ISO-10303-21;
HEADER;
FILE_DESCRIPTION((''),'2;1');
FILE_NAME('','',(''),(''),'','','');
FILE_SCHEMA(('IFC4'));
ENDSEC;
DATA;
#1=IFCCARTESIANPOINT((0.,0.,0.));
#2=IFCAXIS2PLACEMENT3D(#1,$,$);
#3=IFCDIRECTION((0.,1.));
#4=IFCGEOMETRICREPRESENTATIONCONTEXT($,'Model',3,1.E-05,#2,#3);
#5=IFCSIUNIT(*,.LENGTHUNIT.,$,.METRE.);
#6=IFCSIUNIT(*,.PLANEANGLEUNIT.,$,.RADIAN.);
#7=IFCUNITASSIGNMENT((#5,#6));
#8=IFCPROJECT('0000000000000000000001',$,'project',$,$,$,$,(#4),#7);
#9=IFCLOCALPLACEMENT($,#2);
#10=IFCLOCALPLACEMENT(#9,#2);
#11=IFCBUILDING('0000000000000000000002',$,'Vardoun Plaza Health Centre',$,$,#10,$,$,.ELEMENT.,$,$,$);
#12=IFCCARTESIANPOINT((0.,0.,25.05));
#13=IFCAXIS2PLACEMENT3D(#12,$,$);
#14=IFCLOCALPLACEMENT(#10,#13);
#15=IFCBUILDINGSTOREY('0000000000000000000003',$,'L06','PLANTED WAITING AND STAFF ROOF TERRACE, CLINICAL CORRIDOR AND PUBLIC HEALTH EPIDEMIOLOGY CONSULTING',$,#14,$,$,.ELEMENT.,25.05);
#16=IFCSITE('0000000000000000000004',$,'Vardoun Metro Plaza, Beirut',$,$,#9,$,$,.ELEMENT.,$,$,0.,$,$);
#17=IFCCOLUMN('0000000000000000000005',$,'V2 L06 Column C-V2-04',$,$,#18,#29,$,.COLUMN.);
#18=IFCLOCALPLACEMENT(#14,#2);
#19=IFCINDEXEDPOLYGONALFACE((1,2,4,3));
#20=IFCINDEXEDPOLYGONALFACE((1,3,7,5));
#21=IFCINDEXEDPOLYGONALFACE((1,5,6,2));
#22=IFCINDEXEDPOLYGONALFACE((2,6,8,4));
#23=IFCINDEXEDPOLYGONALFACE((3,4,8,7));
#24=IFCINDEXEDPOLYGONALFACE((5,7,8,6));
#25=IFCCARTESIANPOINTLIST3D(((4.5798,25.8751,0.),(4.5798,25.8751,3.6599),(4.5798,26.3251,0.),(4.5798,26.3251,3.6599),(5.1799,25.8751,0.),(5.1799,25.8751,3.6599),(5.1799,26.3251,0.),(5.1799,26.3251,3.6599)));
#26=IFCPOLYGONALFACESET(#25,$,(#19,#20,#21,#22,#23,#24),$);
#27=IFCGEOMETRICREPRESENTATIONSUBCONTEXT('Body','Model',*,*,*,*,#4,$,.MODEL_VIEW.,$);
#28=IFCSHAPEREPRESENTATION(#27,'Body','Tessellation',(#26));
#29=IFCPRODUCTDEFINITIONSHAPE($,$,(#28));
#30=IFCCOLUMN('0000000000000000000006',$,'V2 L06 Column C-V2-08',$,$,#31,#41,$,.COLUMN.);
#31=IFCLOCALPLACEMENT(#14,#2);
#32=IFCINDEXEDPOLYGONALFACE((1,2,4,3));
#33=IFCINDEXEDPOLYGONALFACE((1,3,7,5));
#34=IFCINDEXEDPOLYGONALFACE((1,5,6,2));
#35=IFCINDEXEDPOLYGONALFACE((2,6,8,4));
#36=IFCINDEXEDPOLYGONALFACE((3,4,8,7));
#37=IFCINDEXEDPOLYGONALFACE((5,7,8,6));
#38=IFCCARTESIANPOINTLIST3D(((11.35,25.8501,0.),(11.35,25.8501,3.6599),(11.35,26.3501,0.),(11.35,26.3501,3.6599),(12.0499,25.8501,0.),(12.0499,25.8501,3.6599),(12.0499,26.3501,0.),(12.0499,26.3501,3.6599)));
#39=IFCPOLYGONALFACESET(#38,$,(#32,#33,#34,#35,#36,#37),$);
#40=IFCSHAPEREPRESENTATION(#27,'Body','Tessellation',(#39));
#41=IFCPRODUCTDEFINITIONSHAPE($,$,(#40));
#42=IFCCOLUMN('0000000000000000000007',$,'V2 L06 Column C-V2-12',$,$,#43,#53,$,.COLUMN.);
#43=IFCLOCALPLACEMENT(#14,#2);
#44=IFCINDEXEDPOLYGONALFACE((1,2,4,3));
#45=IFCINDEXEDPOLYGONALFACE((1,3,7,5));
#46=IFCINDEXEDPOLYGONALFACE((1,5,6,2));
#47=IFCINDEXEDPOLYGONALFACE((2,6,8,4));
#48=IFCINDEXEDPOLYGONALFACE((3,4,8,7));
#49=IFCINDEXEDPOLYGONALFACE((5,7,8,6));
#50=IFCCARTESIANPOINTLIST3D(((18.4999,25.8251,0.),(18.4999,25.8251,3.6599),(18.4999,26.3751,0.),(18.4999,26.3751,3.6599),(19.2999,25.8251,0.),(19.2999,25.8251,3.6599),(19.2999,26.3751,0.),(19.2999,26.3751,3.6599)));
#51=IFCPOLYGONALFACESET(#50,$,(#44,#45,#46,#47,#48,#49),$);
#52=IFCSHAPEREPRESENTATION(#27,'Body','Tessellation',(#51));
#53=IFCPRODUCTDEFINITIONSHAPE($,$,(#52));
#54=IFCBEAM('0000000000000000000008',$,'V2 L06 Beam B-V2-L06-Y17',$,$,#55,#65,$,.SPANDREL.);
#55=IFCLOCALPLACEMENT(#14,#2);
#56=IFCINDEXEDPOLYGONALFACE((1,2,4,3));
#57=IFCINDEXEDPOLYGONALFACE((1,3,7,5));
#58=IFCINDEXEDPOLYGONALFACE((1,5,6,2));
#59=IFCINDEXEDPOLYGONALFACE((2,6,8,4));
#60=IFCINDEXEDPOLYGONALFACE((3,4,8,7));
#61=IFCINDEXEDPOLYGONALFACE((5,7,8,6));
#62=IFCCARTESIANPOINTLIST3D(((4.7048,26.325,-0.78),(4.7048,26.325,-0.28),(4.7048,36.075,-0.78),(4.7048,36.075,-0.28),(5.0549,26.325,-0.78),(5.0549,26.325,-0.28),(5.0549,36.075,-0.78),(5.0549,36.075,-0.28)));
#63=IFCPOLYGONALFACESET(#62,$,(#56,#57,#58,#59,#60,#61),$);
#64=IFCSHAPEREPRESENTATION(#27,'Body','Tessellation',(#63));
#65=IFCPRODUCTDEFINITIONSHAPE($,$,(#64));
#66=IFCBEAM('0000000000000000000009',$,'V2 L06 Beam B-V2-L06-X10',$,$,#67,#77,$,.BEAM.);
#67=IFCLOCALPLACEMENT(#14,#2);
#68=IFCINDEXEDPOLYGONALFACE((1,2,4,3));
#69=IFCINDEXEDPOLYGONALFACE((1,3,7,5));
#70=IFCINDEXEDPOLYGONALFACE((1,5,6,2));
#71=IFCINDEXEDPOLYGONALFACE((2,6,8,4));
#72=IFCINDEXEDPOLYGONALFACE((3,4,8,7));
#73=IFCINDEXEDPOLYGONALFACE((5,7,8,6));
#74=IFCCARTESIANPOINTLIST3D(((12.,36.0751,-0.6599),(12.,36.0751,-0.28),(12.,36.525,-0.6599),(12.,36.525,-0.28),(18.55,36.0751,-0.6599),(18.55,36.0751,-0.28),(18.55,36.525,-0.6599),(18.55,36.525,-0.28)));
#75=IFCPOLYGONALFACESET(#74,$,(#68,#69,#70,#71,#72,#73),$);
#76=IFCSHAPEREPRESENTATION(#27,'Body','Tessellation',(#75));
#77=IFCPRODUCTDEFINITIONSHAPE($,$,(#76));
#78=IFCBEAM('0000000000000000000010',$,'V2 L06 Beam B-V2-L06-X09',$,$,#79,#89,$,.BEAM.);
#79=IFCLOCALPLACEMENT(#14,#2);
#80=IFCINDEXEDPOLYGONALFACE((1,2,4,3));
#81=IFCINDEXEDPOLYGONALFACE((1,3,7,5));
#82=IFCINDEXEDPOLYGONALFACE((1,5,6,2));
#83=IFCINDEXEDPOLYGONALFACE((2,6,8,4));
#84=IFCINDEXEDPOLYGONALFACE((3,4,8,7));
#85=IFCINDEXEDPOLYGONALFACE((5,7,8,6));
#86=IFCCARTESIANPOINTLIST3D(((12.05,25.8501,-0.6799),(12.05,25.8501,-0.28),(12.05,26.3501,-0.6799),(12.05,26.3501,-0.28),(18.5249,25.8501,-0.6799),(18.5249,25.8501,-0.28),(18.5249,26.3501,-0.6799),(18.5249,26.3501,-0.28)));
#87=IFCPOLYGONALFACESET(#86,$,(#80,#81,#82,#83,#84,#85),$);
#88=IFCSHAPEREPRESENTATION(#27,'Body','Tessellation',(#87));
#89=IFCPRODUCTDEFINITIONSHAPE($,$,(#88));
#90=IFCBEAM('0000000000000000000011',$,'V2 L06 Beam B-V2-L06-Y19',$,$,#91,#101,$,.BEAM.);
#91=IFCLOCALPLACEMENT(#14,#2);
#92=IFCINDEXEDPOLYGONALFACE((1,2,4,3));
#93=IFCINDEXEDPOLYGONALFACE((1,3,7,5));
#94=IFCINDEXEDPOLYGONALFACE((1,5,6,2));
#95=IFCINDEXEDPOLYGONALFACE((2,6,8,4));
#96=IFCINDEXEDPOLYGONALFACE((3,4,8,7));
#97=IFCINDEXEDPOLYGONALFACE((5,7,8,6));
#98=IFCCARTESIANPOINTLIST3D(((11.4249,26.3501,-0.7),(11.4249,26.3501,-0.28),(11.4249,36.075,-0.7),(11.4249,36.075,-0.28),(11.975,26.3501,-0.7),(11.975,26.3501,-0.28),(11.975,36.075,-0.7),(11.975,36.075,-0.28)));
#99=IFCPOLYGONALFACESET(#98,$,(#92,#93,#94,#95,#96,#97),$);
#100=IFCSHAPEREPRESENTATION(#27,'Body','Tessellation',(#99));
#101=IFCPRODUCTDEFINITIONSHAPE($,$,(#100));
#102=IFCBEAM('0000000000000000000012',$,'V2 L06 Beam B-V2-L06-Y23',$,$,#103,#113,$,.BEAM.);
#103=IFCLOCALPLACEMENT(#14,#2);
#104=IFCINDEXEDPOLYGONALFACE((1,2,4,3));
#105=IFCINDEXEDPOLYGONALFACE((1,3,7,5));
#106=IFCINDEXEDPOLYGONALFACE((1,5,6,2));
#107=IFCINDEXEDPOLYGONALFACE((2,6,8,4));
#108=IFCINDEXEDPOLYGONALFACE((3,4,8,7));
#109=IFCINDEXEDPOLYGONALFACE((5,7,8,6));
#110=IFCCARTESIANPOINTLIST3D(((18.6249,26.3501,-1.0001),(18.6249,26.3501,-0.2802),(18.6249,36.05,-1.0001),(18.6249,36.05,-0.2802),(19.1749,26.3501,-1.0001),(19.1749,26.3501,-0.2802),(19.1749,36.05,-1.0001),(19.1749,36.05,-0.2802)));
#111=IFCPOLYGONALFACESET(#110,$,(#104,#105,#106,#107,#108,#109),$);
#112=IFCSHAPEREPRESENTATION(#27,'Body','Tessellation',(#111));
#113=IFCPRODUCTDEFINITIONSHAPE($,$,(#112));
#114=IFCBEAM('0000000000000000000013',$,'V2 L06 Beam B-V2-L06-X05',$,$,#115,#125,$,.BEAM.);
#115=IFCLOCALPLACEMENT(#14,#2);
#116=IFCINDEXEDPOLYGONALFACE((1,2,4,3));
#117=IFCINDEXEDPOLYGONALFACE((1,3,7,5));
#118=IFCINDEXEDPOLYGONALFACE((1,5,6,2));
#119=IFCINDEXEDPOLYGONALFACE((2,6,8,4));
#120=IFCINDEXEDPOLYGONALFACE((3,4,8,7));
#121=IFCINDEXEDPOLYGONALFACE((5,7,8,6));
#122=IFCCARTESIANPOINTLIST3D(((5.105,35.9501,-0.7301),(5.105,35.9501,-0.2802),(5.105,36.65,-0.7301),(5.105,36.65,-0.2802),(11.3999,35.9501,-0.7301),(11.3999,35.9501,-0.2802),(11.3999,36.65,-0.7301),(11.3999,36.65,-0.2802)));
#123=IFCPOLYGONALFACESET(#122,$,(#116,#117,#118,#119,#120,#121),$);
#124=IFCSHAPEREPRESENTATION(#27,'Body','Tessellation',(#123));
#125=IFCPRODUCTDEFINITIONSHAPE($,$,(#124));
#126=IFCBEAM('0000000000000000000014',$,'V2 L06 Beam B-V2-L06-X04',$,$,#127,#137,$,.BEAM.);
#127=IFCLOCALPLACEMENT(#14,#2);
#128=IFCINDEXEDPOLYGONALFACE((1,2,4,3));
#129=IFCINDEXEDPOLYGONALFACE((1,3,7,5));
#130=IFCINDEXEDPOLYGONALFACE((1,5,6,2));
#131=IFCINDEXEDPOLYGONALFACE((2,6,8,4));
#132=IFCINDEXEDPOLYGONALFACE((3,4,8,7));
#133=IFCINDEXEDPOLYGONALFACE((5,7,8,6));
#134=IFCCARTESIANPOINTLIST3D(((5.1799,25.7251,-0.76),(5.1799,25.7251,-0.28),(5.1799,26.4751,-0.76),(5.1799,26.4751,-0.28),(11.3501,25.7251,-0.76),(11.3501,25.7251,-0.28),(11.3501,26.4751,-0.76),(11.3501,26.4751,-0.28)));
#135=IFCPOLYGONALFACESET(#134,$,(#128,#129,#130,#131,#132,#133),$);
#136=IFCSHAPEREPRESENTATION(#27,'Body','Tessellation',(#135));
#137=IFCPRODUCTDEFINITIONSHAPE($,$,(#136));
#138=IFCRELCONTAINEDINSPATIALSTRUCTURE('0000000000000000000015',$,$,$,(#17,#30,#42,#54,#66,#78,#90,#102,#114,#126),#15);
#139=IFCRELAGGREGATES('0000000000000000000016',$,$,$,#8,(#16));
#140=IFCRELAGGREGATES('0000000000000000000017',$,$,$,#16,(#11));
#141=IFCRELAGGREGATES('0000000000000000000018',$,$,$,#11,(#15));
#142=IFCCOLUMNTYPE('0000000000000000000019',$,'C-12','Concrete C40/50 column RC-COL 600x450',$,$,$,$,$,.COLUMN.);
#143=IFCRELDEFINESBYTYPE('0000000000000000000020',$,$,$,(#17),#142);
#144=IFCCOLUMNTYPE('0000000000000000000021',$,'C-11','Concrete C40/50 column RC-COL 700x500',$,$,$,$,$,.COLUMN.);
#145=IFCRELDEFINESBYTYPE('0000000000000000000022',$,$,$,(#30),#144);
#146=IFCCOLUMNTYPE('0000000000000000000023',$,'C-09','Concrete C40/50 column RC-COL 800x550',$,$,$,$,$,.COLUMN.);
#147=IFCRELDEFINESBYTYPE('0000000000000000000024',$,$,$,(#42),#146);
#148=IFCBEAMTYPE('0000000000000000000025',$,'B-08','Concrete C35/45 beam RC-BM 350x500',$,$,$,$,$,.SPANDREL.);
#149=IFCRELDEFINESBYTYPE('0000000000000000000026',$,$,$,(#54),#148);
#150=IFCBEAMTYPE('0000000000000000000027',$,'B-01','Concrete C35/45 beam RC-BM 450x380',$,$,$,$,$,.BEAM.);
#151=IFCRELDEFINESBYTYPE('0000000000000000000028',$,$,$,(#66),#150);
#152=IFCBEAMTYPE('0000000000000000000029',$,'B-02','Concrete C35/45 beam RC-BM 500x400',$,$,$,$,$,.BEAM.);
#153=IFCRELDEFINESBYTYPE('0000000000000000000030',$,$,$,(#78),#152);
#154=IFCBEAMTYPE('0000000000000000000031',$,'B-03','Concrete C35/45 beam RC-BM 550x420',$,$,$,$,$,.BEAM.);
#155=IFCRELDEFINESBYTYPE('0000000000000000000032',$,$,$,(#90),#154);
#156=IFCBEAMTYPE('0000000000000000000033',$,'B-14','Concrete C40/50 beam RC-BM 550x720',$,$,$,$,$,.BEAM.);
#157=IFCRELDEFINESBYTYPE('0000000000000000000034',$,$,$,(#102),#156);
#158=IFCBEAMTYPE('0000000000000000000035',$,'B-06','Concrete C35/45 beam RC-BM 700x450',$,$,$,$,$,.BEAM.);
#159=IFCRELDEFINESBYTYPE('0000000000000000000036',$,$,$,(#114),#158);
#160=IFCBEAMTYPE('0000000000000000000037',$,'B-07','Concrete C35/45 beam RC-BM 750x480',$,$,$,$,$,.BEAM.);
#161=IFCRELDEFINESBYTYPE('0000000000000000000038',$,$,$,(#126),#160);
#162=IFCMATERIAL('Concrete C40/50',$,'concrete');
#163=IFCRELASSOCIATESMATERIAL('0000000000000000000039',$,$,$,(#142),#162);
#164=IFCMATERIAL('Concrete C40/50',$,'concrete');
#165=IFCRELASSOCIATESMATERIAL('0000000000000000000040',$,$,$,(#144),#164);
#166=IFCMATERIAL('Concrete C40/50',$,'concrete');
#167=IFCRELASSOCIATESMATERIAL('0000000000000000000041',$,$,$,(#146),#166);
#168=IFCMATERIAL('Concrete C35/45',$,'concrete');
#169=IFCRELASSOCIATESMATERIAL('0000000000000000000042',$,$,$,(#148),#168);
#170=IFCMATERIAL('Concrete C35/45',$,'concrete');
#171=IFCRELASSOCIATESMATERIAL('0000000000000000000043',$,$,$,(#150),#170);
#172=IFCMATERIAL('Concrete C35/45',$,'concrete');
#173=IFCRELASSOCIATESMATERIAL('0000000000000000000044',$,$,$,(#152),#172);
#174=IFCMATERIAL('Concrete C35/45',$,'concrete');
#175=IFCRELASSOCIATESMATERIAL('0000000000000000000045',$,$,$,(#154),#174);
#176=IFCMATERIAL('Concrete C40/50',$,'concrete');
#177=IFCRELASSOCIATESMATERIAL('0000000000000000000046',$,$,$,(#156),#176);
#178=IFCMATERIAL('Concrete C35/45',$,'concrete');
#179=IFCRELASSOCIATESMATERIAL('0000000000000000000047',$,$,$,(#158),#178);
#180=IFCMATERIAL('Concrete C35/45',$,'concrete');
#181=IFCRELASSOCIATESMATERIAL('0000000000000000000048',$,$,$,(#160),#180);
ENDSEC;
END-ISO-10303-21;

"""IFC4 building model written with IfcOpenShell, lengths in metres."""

from ifc_helpers import new_model, si_unit, direction, frame, origin, origin_2d, place, context, subcontext, project, spatial, rectangle, extrude, material, material_profile, profile_set, type_object, element, save


model = new_model("IFC4")

# Units and contexts
model_context = context("Model", 3, precision=1e-05, world=origin(), true_north=direction((0.0, 1.0)))
body_context = subcontext(model_context, "Body", "Model", "MODEL_VIEW")
ifc_project = project(units=[si_unit("LENGTHUNIT", "METRE"), si_unit("PLANEANGLEUNIT", "RADIAN")], contexts=[model_context])

# Site, building, storey
site_placement = place(None, origin())
site = spatial("IfcSite", under=ifc_project, at=site_placement, Name="Vardoun Metro Plaza, Beirut", CompositionType="ELEMENT", RefElevation=0.0)
building_placement = place(site_placement, origin())
building = spatial("IfcBuilding", under=site, at=building_placement, Name="Vardoun Plaza Health Centre", CompositionType="ELEMENT")
storey_placement = place(building_placement, frame((0.0, 0.0, 25.05)))
storey = spatial("IfcBuildingStorey", under=building, at=storey_placement, Name="L06", Description="PLANTED WAITING AND STAFF ROOF TERRACE, CLINICAL CORRIDOR AND PUBLIC HEALTH EPIDEMIOLOGY CONSULTING", CompositionType="ELEMENT", Elevation=25.05)

# Columns
ifc_material_1 = material(Name="Concrete C40/50", Category="concrete")
ifc_material_profile_1 = material_profile(ifc_material_1, rectangle(XDim=0.6001, YDim=0.45, at=origin_2d()), Name="RC-COL 600x450")
ifc_profile_set_1 = profile_set([ifc_material_profile_1], Name="Concrete C40/50")
column_type_1 = type_object("IfcColumnType", Name="C-12", Description="Concrete C40/50 column RC-COL 600x450", PredefinedType="COLUMN", material=ifc_profile_set_1)
column_1_placement = place(storey_placement, frame((4.8799, 26.1001, 0.0), z_axis=(0.0, 0.0, 1.0), x_axis=(1.0, 0.0, 0.0)))
element("IfcColumn", 1, at=column_1_placement, inside=storey, type_object=column_type_1, Name="V2 L06 Column C-V2-04", PredefinedType="COLUMN", context=body_context, shape_type="SweptSolid", body=[
    extrude(rectangle(XDim=0.6001, YDim=0.45, at=origin_2d()), origin(), (0.0, 0.0, 1.0), 3.6599),
])
ifc_material_2 = material(Name="Concrete C40/50", Category="concrete")
ifc_material_profile_2 = material_profile(ifc_material_2, rectangle(XDim=0.7, YDim=0.5, at=origin_2d()), Name="RC-COL 700x500")
ifc_profile_set_2 = profile_set([ifc_material_profile_2], Name="Concrete C40/50")
column_type_2 = type_object("IfcColumnType", Name="C-11", Description="Concrete C40/50 column RC-COL 700x500", PredefinedType="COLUMN", material=ifc_profile_set_2)
column_2_placement = place(storey_placement, frame((11.7, 26.1001, 0.0), z_axis=(0.0, 0.0, 1.0), x_axis=(1.0, 0.0, 0.0)))
element("IfcColumn", 2, at=column_2_placement, inside=storey, type_object=column_type_2, Name="V2 L06 Column C-V2-08", PredefinedType="COLUMN", context=body_context, shape_type="SweptSolid", body=[
    extrude(rectangle(XDim=0.7, YDim=0.5, at=origin_2d()), origin(), (0.0, 0.0, 1.0), 3.6599),
])
ifc_material_3 = material(Name="Concrete C40/50", Category="concrete")
ifc_material_profile_3 = material_profile(ifc_material_3, rectangle(XDim=0.8, YDim=0.55, at=origin_2d()), Name="RC-COL 800x550")
ifc_profile_set_3 = profile_set([ifc_material_profile_3], Name="Concrete C40/50")
column_type_3 = type_object("IfcColumnType", Name="C-09", Description="Concrete C40/50 column RC-COL 800x550", PredefinedType="COLUMN", material=ifc_profile_set_3)
column_3_placement = place(storey_placement, frame((18.8999, 26.1001, 0.0), z_axis=(0.0, 0.0, 1.0), x_axis=(1.0, 0.0, 0.0)))
element("IfcColumn", 3, at=column_3_placement, inside=storey, type_object=column_type_3, Name="V2 L06 Column C-V2-12", PredefinedType="COLUMN", context=body_context, shape_type="SweptSolid", body=[
    extrude(rectangle(XDim=0.8, YDim=0.55, at=origin_2d()), origin(), (0.0, 0.0, 1.0), 3.6599),
])

# Beams
ifc_material_4 = material(Name="Concrete C35/45", Category="concrete")
ifc_material_profile_4 = material_profile(ifc_material_4, rectangle(XDim=0.3501, YDim=0.5, at=origin_2d()), Name="RC-BM 350x500")
ifc_profile_set_4 = profile_set([ifc_material_profile_4], Name="Concrete C35/45")
beam_type_1 = type_object("IfcBeamType", Name="B-08", Description="Concrete C35/45 beam RC-BM 350x500", PredefinedType="SPANDREL", material=ifc_profile_set_4)
beam_1_placement = place(storey_placement, frame((4.8799, 26.325, -0.53), z_axis=(0.0, 1.0, 0.0), x_axis=(-1.0, 0.0, 0.0)))
element("IfcBeam", 4, at=beam_1_placement, inside=storey, type_object=beam_type_1, Name="V2 L06 Beam B-V2-L06-Y17", PredefinedType="SPANDREL", context=body_context, shape_type="SweptSolid", body=[
    extrude(rectangle(XDim=0.3501, YDim=0.5, at=origin_2d()), origin(), (0.0, 0.0, 1.0), 9.75),
])
ifc_material_5 = material(Name="Concrete C35/45", Category="concrete")
ifc_material_profile_5 = material_profile(ifc_material_5, rectangle(XDim=0.45, YDim=0.3799, at=origin_2d()), Name="RC-BM 450x380")
ifc_profile_set_5 = profile_set([ifc_material_profile_5], Name="Concrete C35/45")
beam_type_2 = type_object("IfcBeamType", Name="B-01", Description="Concrete C35/45 beam RC-BM 450x380", PredefinedType="BEAM", material=ifc_profile_set_5)
beam_2_placement = place(storey_placement, frame((12.0, 36.3, -0.47), z_axis=(1.0, 0.0, 0.0), x_axis=(0.0, 1.0, 0.0)))
element("IfcBeam", 5, at=beam_2_placement, inside=storey, type_object=beam_type_2, Name="V2 L06 Beam B-V2-L06-X10", PredefinedType="BEAM", context=body_context, shape_type="SweptSolid", body=[
    extrude(rectangle(XDim=0.45, YDim=0.3799, at=origin_2d()), origin(), (0.0, 0.0, 1.0), 6.55),
])
ifc_material_6 = material(Name="Concrete C35/45", Category="concrete")
ifc_material_profile_6 = material_profile(ifc_material_6, rectangle(XDim=0.5, YDim=0.3999, at=origin_2d()), Name="RC-BM 500x400")
ifc_profile_set_6 = profile_set([ifc_material_profile_6], Name="Concrete C35/45")
beam_type_3 = type_object("IfcBeamType", Name="B-02", Description="Concrete C35/45 beam RC-BM 500x400", PredefinedType="BEAM", material=ifc_profile_set_6)
beam_3_placement = place(storey_placement, frame((12.05, 26.1001, -0.48), z_axis=(1.0, 0.0, 0.0), x_axis=(0.0, 1.0, 0.0)))
element("IfcBeam", 6, at=beam_3_placement, inside=storey, type_object=beam_type_3, Name="V2 L06 Beam B-V2-L06-X09", PredefinedType="BEAM", context=body_context, shape_type="SweptSolid", body=[
    extrude(rectangle(XDim=0.5, YDim=0.3999, at=origin_2d()), origin(), (0.0, 0.0, 1.0), 6.4749),
])
ifc_material_7 = material(Name="Concrete C35/45", Category="concrete")
ifc_material_profile_7 = material_profile(ifc_material_7, rectangle(XDim=0.55, YDim=0.4199, at=origin_2d()), Name="RC-BM 550x420")
ifc_profile_set_7 = profile_set([ifc_material_profile_7], Name="Concrete C35/45")
beam_type_4 = type_object("IfcBeamType", Name="B-03", Description="Concrete C35/45 beam RC-BM 550x420", PredefinedType="BEAM", material=ifc_profile_set_7)
beam_4_placement = place(storey_placement, frame((11.7, 26.3501, -0.49), z_axis=(0.0, 1.0, 0.0), x_axis=(-1.0, 0.0, 0.0)))
element("IfcBeam", 7, at=beam_4_placement, inside=storey, type_object=beam_type_4, Name="V2 L06 Beam B-V2-L06-Y19", PredefinedType="BEAM", context=body_context, shape_type="SweptSolid", body=[
    extrude(rectangle(XDim=0.55, YDim=0.4199, at=origin_2d()), origin(), (0.0, 0.0, 1.0), 9.7249),
])
ifc_material_8 = material(Name="Concrete C40/50", Category="concrete")
ifc_material_profile_8 = material_profile(ifc_material_8, rectangle(XDim=0.55, YDim=0.72, at=origin_2d()), Name="RC-BM 550x720")
ifc_profile_set_8 = profile_set([ifc_material_profile_8], Name="Concrete C40/50")
beam_type_5 = type_object("IfcBeamType", Name="B-14", Description="Concrete C40/50 beam RC-BM 550x720", PredefinedType="BEAM", material=ifc_profile_set_8)
beam_5_placement = place(storey_placement, frame((18.8999, 26.3501, -0.6401), z_axis=(0.0, 1.0, 0.0), x_axis=(-1.0, 0.0, 0.0)))
element("IfcBeam", 8, at=beam_5_placement, inside=storey, type_object=beam_type_5, Name="V2 L06 Beam B-V2-L06-Y23", PredefinedType="BEAM", context=body_context, shape_type="SweptSolid", body=[
    extrude(rectangle(XDim=0.55, YDim=0.72, at=origin_2d()), origin(), (0.0, 0.0, 1.0), 9.7),
])
ifc_material_9 = material(Name="Concrete C35/45", Category="concrete")
ifc_material_profile_9 = material_profile(ifc_material_9, rectangle(XDim=0.7, YDim=0.45, at=origin_2d()), Name="RC-BM 700x450")
ifc_profile_set_9 = profile_set([ifc_material_profile_9], Name="Concrete C35/45")
beam_type_6 = type_object("IfcBeamType", Name="B-06", Description="Concrete C35/45 beam RC-BM 700x450", PredefinedType="BEAM", material=ifc_profile_set_9)
beam_6_placement = place(storey_placement, frame((5.105, 36.3, -0.5051), z_axis=(1.0, 0.0, 0.0), x_axis=(0.0, 1.0, 0.0)))
element("IfcBeam", 9, at=beam_6_placement, inside=storey, type_object=beam_type_6, Name="V2 L06 Beam B-V2-L06-X05", PredefinedType="BEAM", context=body_context, shape_type="SweptSolid", body=[
    extrude(rectangle(XDim=0.7, YDim=0.45, at=origin_2d()), origin(), (0.0, 0.0, 1.0), 6.2949),
])
ifc_material_10 = material(Name="Concrete C35/45", Category="concrete")
ifc_material_profile_10 = material_profile(ifc_material_10, rectangle(XDim=0.75, YDim=0.48, at=origin_2d()), Name="RC-BM 750x480")
ifc_profile_set_10 = profile_set([ifc_material_profile_10], Name="Concrete C35/45")
beam_type_7 = type_object("IfcBeamType", Name="B-07", Description="Concrete C35/45 beam RC-BM 750x480", PredefinedType="BEAM", material=ifc_profile_set_10)
beam_7_placement = place(storey_placement, frame((5.1799, 26.1001, -0.52), z_axis=(1.0, 0.0, 0.0), x_axis=(0.0, 1.0, 0.0)))
element("IfcBeam", 10, at=beam_7_placement, inside=storey, type_object=beam_type_7, Name="V2 L06 Beam B-V2-L06-X04", PredefinedType="BEAM", context=body_context, shape_type="SweptSolid", body=[
    extrude(rectangle(XDim=0.75, YDim=0.48, at=origin_2d()), origin(), (0.0, 0.0, 1.0), 6.1702),
])

save(model, "model.ifc")
